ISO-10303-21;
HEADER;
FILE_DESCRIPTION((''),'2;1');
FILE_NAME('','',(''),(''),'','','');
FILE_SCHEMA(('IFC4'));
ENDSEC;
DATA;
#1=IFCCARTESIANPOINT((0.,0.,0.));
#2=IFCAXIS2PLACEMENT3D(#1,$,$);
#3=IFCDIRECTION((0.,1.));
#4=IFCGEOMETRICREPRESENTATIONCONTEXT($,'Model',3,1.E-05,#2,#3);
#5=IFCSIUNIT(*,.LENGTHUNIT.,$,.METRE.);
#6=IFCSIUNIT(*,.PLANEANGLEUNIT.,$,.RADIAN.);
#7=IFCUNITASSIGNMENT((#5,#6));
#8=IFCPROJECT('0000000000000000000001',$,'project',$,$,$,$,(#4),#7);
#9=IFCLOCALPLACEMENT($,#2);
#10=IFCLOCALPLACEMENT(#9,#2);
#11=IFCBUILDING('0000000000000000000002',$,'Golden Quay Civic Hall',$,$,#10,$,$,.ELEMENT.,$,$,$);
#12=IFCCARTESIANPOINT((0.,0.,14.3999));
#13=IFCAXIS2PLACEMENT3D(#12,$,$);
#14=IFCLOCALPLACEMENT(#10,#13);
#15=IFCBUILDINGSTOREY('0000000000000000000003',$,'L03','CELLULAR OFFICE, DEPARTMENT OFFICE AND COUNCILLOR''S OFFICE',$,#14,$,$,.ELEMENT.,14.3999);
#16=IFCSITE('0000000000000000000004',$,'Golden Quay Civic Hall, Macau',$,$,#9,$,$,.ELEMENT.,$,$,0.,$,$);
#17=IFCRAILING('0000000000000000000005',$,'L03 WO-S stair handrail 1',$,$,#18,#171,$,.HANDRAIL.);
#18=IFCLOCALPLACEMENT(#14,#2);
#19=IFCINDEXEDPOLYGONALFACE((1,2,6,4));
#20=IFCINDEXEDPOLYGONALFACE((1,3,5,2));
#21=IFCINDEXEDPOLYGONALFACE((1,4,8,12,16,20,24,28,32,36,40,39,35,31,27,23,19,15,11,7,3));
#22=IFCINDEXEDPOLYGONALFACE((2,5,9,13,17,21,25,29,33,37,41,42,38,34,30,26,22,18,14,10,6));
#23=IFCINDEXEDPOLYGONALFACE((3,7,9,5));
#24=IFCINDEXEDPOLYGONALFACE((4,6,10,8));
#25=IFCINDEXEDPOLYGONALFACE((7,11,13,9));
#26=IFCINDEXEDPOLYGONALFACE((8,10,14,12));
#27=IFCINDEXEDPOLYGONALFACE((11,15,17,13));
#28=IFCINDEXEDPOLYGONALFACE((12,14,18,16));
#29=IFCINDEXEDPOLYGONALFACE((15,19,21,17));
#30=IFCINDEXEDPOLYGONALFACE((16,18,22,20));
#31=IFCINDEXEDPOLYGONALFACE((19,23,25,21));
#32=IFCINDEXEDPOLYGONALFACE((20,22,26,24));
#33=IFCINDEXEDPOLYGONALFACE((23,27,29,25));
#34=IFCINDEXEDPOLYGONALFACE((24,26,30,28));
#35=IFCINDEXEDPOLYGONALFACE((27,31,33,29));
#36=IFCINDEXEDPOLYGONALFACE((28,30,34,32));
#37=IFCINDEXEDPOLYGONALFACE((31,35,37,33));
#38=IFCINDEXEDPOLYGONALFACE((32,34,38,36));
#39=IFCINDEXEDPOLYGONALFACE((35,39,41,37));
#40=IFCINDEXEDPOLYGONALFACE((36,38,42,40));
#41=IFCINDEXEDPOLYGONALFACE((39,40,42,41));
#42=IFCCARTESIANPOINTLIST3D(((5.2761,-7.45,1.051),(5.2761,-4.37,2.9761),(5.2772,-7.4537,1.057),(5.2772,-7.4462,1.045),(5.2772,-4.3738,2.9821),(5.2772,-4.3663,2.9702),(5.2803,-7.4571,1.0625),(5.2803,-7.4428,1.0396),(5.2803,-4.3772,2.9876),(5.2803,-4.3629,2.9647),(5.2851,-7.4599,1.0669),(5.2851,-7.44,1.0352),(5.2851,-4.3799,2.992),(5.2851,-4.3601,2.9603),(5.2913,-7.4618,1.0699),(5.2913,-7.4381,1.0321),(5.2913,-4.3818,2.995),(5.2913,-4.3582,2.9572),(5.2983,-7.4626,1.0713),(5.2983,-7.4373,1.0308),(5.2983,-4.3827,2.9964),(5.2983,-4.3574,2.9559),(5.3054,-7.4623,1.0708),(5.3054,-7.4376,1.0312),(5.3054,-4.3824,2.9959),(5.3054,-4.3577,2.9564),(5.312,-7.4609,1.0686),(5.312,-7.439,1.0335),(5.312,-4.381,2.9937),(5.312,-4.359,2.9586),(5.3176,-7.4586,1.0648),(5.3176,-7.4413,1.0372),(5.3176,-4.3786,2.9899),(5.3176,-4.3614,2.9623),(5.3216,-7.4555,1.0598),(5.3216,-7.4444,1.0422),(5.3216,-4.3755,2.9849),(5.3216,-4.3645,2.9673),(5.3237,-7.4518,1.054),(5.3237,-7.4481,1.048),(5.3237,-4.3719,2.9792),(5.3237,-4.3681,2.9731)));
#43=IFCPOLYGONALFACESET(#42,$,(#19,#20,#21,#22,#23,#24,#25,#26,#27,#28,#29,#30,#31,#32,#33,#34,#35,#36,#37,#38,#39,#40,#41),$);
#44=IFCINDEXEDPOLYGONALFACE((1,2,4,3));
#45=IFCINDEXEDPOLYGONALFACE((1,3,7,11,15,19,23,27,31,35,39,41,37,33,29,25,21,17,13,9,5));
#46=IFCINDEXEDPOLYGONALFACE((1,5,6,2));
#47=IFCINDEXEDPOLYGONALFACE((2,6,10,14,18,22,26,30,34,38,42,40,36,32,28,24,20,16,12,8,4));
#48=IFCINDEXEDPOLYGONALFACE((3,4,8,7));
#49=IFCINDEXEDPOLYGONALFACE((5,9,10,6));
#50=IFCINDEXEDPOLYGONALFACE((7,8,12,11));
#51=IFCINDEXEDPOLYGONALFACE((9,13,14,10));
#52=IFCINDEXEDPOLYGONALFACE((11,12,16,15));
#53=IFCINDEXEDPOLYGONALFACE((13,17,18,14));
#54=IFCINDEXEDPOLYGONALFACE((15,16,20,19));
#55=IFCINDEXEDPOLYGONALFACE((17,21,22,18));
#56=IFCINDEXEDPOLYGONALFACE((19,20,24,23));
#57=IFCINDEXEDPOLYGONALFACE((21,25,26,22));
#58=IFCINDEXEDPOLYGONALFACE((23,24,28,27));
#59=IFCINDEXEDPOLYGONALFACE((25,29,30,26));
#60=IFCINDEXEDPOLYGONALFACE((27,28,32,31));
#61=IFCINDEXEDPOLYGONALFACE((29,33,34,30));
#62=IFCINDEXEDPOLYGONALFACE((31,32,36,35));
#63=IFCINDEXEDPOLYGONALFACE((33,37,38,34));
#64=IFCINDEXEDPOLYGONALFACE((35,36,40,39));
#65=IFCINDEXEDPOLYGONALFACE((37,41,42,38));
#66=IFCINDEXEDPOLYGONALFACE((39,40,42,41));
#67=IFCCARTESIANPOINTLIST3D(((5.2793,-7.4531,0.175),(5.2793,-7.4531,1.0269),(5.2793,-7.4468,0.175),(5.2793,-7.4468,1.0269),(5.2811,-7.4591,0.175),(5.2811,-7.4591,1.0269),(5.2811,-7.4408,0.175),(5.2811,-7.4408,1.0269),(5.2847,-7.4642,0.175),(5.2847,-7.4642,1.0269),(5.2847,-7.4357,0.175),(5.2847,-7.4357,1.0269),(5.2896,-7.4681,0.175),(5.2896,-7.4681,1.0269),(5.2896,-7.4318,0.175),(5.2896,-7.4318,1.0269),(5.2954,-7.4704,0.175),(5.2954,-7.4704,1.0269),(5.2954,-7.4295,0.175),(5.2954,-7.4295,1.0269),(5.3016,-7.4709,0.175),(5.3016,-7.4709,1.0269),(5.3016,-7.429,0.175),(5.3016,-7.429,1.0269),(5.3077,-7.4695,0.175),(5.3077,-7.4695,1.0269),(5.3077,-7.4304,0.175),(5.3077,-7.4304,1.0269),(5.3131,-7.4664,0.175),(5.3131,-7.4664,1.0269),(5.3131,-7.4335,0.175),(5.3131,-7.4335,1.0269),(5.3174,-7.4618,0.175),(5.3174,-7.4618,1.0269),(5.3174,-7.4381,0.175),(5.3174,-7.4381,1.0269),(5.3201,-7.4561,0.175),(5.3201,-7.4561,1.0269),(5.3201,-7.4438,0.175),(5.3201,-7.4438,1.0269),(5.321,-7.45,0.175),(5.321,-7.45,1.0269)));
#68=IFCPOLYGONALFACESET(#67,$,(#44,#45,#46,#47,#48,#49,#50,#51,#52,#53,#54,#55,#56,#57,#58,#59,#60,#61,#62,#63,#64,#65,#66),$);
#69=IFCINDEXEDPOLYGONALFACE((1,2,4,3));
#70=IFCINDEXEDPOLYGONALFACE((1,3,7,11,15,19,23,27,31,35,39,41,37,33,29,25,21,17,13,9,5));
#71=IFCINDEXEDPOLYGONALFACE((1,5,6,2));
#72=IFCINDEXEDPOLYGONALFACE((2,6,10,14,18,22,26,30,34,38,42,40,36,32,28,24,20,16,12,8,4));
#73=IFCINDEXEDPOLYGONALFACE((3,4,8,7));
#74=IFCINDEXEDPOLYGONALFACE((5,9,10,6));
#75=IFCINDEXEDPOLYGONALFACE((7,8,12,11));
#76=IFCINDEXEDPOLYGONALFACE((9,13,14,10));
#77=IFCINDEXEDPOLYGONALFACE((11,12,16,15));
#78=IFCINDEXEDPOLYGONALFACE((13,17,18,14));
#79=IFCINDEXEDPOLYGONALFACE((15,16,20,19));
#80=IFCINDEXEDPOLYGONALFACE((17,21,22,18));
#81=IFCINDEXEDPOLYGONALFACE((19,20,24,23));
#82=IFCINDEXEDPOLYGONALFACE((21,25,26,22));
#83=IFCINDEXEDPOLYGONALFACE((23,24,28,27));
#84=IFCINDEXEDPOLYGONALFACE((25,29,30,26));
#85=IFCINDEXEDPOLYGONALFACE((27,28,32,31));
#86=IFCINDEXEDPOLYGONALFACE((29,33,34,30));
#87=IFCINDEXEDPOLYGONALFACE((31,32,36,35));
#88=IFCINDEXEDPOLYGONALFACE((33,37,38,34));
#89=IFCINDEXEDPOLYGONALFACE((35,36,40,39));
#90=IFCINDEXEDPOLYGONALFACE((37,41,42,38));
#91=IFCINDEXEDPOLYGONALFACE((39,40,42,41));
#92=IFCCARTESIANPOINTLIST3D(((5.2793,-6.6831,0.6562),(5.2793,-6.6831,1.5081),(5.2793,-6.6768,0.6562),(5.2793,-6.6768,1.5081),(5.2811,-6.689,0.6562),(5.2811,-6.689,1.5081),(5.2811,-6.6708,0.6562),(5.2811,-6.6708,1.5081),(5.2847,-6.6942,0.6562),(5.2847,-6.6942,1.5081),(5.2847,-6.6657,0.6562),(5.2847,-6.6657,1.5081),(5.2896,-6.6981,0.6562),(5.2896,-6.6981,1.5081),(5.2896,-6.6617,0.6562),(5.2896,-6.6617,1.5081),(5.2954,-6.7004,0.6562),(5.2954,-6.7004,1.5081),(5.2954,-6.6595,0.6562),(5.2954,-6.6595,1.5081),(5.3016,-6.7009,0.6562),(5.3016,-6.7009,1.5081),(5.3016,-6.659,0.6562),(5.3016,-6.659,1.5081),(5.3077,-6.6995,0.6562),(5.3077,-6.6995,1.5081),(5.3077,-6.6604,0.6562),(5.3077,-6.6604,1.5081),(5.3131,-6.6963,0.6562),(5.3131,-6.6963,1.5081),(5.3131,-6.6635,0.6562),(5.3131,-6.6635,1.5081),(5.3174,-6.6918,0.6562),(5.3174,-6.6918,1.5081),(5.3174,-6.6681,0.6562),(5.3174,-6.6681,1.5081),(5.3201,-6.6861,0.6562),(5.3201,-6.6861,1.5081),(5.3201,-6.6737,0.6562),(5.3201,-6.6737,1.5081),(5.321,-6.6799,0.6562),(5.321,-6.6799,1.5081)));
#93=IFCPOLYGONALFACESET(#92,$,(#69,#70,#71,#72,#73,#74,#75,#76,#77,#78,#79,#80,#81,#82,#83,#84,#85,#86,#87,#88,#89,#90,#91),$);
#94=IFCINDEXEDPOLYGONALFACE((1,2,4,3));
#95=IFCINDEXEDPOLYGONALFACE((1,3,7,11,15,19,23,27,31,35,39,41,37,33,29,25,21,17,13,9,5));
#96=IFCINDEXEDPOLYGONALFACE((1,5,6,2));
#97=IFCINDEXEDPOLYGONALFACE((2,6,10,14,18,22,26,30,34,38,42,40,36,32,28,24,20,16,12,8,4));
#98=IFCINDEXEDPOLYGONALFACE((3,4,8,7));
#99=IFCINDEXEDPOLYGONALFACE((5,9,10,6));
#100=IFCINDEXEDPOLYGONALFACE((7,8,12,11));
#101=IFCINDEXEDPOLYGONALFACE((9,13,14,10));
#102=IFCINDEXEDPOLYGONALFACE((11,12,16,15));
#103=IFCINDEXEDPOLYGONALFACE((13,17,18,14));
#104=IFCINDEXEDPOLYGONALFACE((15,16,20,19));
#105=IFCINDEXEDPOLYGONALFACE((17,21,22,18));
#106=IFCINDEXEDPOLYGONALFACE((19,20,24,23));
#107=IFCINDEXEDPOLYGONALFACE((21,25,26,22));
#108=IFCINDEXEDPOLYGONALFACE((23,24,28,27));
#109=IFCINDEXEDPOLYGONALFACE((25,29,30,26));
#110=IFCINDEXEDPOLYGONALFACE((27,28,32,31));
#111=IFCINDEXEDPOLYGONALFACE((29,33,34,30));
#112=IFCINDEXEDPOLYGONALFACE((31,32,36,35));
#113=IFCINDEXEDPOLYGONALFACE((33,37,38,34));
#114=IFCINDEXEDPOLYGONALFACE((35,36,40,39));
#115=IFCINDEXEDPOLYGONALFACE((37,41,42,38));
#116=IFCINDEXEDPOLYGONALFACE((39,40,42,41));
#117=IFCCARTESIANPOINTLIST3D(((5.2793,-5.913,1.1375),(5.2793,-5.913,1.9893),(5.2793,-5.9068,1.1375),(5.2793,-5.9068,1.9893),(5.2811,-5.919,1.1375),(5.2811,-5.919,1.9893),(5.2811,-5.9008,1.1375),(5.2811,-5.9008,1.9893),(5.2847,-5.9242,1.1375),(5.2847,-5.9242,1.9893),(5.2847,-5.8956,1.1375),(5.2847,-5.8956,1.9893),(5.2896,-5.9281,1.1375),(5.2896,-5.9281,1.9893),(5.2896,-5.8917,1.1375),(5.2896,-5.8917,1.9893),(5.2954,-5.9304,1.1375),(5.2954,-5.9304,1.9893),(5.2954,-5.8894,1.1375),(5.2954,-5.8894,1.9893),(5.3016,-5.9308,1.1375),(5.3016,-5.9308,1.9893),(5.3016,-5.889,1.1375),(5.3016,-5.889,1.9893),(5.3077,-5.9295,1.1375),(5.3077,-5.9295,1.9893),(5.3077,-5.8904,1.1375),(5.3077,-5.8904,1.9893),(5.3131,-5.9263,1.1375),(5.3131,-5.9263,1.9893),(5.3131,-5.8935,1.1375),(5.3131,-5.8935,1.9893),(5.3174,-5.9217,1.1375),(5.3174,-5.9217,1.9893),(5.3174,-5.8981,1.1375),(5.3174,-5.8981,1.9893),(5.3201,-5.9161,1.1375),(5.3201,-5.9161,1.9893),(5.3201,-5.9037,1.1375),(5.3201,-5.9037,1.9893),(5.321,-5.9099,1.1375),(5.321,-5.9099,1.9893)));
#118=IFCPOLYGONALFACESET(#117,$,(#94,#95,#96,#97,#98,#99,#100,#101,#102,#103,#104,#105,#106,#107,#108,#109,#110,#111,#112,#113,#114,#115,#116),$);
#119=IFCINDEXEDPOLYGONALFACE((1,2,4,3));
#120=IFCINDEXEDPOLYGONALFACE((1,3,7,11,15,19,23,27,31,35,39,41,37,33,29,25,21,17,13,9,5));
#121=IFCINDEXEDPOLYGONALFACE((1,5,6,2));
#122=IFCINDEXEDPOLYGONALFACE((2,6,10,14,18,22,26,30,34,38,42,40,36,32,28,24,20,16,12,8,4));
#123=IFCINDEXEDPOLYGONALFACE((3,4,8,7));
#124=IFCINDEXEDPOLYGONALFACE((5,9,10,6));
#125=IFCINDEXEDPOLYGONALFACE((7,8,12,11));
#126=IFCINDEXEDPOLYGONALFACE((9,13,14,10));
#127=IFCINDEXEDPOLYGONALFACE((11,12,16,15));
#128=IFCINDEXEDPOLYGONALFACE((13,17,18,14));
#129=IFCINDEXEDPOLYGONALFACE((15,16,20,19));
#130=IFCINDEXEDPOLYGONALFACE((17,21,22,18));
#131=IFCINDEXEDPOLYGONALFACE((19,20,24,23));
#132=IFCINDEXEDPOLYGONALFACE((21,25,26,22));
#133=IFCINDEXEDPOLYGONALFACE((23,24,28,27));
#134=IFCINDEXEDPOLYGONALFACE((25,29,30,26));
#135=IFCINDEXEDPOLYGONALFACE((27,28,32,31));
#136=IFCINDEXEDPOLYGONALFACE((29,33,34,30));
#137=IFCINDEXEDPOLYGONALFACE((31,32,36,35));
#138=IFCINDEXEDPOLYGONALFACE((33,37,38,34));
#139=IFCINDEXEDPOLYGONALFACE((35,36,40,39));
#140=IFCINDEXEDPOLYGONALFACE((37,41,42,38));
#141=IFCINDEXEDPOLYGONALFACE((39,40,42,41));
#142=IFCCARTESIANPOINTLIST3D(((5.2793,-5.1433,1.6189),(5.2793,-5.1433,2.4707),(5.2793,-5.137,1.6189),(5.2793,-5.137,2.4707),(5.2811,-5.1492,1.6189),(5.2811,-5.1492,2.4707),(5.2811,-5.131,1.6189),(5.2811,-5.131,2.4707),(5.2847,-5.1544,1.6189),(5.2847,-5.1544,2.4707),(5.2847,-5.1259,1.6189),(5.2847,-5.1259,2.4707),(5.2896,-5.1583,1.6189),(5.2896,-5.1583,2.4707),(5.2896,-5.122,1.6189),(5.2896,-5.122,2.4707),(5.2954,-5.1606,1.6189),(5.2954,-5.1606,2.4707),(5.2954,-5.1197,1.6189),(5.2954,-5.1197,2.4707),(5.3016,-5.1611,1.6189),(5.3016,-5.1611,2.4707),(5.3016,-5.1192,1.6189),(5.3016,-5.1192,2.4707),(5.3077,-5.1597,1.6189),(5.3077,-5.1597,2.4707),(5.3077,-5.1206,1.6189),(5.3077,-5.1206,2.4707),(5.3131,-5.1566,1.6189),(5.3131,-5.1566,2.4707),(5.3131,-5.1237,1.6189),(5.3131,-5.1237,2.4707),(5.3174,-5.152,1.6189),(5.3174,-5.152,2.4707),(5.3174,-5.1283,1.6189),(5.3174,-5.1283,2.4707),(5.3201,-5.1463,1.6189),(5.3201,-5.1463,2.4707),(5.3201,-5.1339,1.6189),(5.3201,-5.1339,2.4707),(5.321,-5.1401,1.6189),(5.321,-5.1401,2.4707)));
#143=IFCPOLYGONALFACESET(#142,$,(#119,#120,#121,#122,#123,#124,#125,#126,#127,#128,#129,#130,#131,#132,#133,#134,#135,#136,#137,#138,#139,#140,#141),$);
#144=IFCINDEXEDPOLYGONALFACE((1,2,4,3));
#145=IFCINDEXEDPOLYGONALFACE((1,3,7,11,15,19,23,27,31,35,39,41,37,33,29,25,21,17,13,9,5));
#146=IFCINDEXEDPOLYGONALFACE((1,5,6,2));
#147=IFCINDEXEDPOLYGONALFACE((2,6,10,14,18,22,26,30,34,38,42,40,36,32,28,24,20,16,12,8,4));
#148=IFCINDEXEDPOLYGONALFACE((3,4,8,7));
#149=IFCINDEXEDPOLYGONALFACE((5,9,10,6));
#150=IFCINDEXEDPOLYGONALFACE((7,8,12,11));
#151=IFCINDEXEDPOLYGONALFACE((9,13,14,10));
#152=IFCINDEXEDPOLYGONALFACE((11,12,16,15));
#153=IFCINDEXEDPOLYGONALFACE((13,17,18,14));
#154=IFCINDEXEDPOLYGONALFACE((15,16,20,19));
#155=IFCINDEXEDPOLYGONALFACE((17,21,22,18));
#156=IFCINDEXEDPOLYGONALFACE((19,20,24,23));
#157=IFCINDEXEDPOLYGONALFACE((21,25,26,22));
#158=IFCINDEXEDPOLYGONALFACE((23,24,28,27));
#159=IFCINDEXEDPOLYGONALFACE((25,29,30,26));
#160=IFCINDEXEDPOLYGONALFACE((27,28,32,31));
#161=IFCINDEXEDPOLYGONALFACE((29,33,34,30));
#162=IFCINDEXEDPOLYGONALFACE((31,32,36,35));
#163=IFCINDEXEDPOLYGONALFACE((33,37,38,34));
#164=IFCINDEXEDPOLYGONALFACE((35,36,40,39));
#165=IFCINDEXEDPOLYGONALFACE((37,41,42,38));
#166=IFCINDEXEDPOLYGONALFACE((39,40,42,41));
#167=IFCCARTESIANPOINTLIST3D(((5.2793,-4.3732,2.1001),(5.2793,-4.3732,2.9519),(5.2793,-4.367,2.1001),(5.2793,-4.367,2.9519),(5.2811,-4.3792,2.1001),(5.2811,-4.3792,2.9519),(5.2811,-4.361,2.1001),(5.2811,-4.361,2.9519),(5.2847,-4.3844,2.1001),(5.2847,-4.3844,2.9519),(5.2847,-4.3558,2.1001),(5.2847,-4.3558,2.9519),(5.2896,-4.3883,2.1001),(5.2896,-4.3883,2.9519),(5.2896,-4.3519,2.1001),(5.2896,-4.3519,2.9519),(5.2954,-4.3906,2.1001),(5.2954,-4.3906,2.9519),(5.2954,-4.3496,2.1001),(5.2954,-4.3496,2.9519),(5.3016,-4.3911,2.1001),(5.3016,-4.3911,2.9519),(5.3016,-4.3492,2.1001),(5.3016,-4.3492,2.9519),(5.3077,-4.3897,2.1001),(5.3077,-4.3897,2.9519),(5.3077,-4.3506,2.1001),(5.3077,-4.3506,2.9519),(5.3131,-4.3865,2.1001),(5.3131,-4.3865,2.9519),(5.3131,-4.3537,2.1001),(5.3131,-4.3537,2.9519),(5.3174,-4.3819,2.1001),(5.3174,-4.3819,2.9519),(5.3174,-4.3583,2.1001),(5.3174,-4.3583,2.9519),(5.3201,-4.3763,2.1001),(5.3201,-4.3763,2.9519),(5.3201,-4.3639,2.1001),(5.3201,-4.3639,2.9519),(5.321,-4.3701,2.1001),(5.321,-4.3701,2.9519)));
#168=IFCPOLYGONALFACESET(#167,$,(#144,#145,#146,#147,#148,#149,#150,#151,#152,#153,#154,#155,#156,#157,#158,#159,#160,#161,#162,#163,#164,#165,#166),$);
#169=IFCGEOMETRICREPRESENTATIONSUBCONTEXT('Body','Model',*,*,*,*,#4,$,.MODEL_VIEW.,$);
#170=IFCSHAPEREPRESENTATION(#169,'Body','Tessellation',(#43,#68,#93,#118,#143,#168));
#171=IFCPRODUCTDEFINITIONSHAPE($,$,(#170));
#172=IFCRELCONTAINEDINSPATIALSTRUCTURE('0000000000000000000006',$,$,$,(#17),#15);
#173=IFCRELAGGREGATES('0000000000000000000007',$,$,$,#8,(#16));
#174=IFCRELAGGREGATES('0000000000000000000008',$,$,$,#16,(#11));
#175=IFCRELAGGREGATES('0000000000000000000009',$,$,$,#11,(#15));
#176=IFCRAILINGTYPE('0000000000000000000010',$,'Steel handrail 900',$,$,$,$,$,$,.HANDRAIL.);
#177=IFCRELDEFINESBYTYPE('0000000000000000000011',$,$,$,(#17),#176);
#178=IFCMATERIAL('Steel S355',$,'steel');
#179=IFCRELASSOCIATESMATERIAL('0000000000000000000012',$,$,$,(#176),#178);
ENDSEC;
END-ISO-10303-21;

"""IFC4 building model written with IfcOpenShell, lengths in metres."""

from ifc_helpers import new_model, si_unit, direction, frame, origin, origin_2d, place, context, subcontext, project, spatial, circle, extrude, material, type_object, element, save


model = new_model("IFC4")

# Units and contexts
model_context = context("Model", 3, precision=1e-05, world=origin(), true_north=direction((0.0, 1.0)))
body_context = subcontext(model_context, "Body", "Model", "MODEL_VIEW")
ifc_project = project(units=[si_unit("LENGTHUNIT", "METRE"), si_unit("PLANEANGLEUNIT", "RADIAN")], contexts=[model_context])

# Site, building, storey
site_placement = place(None, origin())
site = spatial("IfcSite", under=ifc_project, at=site_placement, Name="Golden Quay Civic Hall, Macau", CompositionType="ELEMENT", RefElevation=0.0)
building_placement = place(site_placement, origin())
building = spatial("IfcBuilding", under=site, at=building_placement, Name="Golden Quay Civic Hall", CompositionType="ELEMENT")
storey_placement = place(building_placement, frame((0.0, 0.0, 14.3999)))
storey = spatial("IfcBuildingStorey", under=building, at=storey_placement, Name="L03", Description="CELLULAR OFFICE, DEPARTMENT OFFICE AND COUNCILLOR'S OFFICE", CompositionType="ELEMENT", Elevation=14.3999)

# Railing
ifc_material_1 = material(Name="Steel S355", Category="steel")
railing_type_1 = type_object("IfcRailingType", Name="Steel handrail 900", PredefinedType="HANDRAIL", material=ifc_material_1)
railing_1_placement = place(storey_placement, frame((5.3, -7.45, 0.175)))
element("IfcRailing", 1, at=railing_1_placement, inside=storey, type_object=railing_type_1, Name="L03 WO-S stair handrail 1", PredefinedType="HANDRAIL", context=body_context, shape_type="SweptSolid", body=[
    extrude(circle(Radius=0.0239, at=origin_2d()), frame((0.0, 0.0, 0.876), z_axis=(0.0, 0.847979, 0.530029), x_axis=(-1.0, 0.0, 0.0)), (0.0, 0.0, 1.0), 3.6321),
    extrude(circle(Radius=0.021, at=origin_2d()), origin(), (0.0, 0.0, 1.0), 0.8518),
    extrude(circle(Radius=0.021, at=origin_2d()), frame((0.0, 0.77, 0.4812)), (0.0, 0.0, 1.0), 0.8518),
    extrude(circle(Radius=0.021, at=origin_2d()), frame((0.0, 1.54, 0.9624)), (0.0, 0.0, 1.0), 0.8518),
    extrude(circle(Radius=0.021, at=origin_2d()), frame((0.0, 2.3098, 1.4438)), (0.0, 0.0, 1.0), 0.8518),
    extrude(circle(Radius=0.021, at=origin_2d()), frame((0.0, 3.0798, 1.925)), (0.0, 0.0, 1.0), 0.8518),
])

save(model, "model.ifc")
